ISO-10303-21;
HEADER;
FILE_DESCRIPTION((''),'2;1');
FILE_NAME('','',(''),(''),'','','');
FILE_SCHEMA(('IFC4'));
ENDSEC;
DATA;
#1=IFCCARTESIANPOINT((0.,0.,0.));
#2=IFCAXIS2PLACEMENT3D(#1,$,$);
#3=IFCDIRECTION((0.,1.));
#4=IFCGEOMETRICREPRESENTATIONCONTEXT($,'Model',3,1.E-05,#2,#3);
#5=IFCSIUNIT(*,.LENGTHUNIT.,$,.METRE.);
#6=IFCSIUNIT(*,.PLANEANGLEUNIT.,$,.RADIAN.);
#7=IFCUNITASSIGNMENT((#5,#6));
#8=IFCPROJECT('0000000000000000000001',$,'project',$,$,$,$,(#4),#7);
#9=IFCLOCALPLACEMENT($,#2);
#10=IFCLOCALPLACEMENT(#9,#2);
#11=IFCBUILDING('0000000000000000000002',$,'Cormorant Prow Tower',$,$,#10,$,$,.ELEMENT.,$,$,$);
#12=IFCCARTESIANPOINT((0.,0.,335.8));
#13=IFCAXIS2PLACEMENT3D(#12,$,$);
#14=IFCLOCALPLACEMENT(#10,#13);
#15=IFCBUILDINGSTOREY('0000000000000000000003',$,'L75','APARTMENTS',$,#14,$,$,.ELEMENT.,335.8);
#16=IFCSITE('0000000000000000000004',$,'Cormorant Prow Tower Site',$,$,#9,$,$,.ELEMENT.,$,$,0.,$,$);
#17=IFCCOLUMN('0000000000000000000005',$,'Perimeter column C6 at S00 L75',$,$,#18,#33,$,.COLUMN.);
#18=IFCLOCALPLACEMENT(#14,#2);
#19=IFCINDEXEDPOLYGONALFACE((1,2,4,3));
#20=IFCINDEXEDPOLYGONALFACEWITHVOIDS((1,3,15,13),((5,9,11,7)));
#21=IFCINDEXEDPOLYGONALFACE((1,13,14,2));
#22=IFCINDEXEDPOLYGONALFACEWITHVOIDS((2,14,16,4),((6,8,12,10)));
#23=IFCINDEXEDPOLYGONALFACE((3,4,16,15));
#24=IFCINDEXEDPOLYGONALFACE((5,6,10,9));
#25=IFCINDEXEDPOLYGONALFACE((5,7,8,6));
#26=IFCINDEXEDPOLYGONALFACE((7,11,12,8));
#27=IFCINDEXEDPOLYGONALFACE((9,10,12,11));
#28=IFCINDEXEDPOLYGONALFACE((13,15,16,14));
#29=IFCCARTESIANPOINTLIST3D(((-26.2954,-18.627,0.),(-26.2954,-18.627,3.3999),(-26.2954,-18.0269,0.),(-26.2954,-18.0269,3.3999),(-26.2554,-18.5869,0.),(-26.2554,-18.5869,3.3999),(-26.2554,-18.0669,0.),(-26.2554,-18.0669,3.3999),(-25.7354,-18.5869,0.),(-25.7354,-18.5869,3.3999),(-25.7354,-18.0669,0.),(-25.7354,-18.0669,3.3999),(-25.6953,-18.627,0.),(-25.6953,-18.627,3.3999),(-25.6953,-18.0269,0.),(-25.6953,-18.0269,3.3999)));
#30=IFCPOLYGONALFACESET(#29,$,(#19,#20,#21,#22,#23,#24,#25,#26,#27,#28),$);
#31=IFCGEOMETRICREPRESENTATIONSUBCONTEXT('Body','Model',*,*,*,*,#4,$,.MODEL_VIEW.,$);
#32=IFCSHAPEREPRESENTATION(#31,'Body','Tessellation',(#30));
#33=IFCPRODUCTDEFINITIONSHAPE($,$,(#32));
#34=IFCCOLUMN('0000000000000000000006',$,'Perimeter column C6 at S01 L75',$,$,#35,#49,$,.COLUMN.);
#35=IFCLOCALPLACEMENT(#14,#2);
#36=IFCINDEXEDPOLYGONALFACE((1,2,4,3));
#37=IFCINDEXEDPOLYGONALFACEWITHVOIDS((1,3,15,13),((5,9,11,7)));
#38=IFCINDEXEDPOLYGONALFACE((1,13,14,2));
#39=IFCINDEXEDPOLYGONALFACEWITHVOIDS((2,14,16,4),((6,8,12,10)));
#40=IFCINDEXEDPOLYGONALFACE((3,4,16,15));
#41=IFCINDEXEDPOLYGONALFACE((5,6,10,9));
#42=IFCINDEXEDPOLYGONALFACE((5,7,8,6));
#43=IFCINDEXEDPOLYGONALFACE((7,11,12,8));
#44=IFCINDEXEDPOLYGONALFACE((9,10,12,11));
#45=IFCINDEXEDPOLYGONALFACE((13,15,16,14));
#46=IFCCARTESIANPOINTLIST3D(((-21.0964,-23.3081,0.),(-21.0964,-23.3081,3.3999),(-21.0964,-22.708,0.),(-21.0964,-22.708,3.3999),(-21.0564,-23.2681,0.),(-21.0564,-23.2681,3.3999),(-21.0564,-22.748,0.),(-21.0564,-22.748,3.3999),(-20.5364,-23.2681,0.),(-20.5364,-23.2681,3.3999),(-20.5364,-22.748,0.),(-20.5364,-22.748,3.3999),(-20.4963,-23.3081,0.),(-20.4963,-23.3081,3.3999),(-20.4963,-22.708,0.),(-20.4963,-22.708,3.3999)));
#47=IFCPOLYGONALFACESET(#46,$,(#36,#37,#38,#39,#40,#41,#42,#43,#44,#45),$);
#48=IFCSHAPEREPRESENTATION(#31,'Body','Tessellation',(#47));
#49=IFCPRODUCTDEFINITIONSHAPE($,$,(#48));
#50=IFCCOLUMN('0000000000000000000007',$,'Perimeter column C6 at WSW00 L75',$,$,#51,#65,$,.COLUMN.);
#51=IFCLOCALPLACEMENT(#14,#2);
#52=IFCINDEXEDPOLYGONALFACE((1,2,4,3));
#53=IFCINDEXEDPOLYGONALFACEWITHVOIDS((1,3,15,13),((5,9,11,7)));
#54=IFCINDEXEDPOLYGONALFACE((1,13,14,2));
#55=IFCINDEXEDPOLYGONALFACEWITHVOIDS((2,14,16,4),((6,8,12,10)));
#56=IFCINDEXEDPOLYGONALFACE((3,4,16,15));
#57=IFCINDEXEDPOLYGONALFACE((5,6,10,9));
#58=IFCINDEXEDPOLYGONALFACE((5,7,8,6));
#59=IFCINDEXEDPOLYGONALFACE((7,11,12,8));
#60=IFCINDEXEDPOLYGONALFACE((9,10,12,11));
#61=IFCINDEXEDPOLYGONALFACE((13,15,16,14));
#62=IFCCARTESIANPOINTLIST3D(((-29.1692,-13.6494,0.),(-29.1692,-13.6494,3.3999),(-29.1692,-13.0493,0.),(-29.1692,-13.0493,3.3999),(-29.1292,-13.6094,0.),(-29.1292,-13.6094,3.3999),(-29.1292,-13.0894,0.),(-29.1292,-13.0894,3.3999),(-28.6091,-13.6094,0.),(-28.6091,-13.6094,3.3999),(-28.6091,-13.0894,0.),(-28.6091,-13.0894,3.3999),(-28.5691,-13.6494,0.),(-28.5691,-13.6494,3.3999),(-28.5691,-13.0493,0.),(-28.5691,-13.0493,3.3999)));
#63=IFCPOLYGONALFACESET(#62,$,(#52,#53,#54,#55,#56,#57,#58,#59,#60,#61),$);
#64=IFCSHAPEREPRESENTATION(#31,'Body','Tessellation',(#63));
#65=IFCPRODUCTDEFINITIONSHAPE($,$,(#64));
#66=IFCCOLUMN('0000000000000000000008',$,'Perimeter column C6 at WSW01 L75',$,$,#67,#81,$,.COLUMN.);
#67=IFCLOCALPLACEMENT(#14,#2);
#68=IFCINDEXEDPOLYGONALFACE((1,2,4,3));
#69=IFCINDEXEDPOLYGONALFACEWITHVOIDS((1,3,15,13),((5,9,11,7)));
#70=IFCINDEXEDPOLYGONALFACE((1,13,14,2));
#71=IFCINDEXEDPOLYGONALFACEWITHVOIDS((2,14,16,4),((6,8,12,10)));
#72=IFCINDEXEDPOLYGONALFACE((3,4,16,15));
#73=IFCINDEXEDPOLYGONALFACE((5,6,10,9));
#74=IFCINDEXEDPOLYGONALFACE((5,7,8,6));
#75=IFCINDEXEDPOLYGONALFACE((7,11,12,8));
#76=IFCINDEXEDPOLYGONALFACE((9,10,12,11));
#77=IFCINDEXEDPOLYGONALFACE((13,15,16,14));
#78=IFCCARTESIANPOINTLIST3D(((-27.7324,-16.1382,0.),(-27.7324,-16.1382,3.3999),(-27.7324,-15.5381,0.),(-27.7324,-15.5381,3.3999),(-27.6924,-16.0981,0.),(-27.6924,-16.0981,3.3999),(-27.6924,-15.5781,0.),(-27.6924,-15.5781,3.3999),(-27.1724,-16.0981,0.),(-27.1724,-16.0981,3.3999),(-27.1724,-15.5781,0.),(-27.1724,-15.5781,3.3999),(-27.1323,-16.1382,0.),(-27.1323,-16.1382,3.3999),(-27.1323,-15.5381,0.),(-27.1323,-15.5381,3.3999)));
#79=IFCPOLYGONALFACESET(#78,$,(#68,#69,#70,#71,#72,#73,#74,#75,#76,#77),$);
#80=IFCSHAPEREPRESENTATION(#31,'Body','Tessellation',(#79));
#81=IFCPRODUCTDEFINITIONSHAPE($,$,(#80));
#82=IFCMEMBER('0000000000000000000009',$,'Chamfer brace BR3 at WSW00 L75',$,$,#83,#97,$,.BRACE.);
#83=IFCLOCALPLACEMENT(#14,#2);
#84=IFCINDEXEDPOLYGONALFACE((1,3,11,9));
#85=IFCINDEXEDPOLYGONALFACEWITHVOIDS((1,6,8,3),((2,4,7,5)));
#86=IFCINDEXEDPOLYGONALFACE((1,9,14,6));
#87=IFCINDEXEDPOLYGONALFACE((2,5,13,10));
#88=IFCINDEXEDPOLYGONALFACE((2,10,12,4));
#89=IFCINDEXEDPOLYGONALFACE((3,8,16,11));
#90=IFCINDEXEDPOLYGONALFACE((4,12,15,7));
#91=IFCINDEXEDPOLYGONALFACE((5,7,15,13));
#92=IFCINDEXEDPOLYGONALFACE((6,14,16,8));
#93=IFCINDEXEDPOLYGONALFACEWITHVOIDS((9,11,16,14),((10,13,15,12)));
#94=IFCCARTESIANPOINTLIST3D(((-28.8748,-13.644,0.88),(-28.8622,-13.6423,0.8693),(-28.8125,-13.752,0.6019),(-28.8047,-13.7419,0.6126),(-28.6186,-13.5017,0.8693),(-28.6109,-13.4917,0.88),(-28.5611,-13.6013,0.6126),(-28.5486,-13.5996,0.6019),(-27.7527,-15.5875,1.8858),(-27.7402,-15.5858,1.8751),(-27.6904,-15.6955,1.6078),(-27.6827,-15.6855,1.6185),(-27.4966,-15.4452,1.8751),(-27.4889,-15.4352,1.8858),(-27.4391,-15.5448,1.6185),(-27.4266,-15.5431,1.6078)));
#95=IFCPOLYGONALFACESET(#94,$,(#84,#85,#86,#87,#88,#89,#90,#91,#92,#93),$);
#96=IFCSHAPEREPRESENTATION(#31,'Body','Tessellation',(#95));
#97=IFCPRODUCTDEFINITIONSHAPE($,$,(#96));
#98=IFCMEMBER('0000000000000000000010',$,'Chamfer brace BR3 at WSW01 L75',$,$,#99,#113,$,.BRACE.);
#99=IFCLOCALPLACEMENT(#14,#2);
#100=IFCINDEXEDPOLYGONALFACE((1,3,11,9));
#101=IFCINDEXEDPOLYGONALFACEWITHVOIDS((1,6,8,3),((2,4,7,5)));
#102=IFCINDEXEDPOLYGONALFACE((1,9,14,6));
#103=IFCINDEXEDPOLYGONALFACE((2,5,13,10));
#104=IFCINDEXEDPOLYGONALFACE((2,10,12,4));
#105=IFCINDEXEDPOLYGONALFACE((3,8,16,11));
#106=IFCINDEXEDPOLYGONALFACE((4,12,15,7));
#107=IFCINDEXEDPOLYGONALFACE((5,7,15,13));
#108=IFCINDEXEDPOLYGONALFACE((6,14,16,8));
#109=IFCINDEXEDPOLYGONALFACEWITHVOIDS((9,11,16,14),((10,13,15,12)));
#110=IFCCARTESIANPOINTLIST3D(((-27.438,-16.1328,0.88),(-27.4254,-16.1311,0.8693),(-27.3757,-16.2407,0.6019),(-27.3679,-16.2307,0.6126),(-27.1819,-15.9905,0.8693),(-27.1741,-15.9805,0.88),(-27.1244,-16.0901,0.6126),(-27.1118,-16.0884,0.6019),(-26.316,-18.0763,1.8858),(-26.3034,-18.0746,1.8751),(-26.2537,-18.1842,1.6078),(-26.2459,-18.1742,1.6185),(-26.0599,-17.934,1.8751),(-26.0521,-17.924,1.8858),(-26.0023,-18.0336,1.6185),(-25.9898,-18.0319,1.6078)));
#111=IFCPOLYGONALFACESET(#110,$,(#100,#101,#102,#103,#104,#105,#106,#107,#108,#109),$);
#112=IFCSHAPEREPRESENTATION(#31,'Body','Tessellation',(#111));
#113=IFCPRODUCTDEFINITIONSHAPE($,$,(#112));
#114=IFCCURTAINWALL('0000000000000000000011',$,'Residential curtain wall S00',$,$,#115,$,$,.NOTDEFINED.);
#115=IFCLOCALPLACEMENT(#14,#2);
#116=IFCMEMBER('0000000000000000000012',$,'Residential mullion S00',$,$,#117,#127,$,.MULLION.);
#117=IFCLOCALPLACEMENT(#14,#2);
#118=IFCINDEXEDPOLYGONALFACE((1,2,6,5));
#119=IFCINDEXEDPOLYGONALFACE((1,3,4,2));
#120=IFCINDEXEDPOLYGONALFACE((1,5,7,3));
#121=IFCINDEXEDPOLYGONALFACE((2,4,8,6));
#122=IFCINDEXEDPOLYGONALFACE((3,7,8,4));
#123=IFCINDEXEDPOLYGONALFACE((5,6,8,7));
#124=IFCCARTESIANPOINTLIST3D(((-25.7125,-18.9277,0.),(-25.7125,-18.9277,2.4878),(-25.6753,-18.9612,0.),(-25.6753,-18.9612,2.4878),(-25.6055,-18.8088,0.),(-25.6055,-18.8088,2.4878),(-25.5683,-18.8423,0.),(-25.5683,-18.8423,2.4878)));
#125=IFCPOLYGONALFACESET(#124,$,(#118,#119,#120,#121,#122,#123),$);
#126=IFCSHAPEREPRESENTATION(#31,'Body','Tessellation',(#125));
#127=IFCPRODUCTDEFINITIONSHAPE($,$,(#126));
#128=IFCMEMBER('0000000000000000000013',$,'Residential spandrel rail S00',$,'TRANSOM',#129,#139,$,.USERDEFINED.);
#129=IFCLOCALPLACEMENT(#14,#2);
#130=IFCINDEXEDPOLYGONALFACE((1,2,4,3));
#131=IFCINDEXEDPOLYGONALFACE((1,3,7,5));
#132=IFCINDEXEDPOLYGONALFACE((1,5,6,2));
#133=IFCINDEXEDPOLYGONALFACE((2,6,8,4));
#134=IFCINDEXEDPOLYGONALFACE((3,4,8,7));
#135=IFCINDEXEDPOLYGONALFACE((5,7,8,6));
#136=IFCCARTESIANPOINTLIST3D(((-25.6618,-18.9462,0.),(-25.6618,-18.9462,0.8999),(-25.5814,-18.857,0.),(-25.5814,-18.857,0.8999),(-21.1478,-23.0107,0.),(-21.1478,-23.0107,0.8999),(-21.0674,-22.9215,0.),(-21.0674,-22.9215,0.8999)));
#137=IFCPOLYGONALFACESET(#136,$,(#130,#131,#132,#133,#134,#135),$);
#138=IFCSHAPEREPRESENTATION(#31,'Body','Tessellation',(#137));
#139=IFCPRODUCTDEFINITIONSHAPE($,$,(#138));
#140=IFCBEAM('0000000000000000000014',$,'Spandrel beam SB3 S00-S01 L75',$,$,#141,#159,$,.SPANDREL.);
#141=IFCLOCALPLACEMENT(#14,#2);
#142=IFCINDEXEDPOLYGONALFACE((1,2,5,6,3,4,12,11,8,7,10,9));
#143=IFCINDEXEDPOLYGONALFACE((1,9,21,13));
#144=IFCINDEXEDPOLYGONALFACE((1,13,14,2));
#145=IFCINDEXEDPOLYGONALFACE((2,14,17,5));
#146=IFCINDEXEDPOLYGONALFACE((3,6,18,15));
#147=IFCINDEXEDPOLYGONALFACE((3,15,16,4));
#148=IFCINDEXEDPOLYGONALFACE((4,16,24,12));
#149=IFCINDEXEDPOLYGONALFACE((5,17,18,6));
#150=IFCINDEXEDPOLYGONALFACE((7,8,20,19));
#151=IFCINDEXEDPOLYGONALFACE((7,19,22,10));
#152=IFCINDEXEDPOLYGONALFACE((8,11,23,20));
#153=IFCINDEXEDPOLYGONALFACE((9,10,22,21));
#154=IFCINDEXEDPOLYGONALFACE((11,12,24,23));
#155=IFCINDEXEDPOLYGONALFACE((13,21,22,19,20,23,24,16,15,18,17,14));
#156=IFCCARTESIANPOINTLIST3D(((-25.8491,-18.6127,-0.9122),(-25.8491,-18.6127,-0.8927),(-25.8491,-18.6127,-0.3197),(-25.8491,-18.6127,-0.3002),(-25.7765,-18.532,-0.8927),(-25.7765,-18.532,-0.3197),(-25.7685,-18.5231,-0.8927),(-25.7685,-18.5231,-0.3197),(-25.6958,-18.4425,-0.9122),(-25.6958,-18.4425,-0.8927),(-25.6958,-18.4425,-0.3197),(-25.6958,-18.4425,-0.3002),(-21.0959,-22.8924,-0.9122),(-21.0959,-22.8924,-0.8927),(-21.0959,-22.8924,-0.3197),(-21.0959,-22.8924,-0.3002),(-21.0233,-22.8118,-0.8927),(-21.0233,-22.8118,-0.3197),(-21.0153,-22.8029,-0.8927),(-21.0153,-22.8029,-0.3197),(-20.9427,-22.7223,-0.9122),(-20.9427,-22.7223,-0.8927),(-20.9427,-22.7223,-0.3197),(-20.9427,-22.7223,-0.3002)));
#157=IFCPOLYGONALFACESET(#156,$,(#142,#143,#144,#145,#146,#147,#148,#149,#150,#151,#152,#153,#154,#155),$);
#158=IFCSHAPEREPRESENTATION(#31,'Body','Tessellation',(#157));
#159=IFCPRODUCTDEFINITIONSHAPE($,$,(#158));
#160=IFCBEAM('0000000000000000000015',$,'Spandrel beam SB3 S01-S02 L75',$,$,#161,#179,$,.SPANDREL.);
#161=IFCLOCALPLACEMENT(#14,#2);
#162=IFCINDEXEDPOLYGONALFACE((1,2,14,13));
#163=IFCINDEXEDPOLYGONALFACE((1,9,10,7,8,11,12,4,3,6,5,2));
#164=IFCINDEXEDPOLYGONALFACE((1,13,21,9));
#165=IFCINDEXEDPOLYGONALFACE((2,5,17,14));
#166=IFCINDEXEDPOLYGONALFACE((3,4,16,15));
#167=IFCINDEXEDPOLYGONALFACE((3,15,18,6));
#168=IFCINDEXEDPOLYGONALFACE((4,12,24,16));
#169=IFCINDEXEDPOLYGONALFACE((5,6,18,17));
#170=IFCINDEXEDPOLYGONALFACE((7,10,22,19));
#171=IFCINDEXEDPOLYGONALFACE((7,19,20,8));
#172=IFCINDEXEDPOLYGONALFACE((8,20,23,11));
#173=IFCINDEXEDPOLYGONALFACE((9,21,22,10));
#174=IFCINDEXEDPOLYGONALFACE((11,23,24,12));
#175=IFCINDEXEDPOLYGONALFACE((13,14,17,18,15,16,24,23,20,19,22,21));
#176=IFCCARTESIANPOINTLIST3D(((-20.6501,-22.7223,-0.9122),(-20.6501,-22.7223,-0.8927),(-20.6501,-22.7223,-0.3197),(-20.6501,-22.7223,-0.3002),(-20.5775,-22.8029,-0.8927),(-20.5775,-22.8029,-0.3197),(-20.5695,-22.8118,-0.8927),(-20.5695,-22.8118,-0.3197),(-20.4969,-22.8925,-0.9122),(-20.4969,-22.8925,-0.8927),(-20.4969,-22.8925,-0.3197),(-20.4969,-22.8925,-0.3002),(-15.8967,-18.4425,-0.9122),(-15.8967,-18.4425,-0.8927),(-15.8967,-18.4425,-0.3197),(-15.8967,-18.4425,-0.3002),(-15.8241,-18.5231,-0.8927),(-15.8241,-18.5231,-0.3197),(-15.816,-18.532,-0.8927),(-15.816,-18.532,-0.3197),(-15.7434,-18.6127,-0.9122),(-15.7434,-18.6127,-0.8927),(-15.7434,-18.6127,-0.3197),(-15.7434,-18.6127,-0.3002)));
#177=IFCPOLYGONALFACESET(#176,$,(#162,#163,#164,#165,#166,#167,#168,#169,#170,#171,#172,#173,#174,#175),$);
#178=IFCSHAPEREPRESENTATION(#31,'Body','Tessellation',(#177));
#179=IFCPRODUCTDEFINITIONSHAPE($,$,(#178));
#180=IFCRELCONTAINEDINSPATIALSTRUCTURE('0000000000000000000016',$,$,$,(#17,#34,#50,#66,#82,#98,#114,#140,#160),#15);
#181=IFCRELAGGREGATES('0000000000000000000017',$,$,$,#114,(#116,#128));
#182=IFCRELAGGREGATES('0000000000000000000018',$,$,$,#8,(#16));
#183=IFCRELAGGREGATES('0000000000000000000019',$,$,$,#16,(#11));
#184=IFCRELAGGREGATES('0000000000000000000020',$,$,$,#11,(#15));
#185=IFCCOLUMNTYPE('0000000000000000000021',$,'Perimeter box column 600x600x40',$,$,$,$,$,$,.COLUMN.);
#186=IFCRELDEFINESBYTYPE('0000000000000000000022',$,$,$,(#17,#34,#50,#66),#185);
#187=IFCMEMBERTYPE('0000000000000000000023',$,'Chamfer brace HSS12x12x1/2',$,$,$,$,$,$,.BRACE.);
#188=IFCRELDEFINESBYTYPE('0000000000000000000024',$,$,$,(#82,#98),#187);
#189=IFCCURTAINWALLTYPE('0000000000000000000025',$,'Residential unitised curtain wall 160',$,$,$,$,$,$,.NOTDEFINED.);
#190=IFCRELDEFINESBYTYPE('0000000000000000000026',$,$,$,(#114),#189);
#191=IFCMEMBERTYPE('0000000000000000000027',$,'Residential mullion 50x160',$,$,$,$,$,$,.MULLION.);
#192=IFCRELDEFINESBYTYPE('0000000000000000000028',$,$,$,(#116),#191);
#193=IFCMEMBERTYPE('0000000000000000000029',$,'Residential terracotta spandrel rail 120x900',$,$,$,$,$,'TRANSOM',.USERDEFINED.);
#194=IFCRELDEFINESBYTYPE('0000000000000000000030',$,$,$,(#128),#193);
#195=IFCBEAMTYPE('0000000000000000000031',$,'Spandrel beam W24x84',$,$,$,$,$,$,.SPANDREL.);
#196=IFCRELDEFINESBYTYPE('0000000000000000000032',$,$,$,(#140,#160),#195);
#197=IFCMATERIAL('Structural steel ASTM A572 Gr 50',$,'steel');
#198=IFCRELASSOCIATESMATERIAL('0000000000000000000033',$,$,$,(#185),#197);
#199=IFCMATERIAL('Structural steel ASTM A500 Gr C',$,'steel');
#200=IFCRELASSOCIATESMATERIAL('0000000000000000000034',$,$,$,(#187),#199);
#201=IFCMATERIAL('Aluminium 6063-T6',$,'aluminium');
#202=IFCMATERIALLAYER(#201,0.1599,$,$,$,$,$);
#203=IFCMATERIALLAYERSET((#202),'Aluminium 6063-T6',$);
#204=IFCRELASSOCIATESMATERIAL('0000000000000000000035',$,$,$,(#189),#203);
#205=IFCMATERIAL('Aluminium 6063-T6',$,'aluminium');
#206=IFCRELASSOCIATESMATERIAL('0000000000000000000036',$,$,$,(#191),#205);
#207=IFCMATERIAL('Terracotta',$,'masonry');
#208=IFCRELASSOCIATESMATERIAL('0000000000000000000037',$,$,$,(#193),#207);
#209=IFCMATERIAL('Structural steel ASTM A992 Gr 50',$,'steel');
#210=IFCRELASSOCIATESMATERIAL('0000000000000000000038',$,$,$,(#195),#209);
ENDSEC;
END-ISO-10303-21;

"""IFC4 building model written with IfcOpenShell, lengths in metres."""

from ifc_helpers import new_model, si_unit, direction, frame, origin, origin_2d, place, context, subcontext, project, spatial, rectangle, hollow_rectangle, i_section, extrude, material, layer, layer_set, material_profile, profile_set, type_object, element, aggregate, save


model = new_model("IFC4")

# Units and contexts
model_context = context("Model", 3, precision=1e-05, world=origin(), true_north=direction((0.0, 1.0)))
body_context = subcontext(model_context, "Body", "Model", "MODEL_VIEW")
ifc_project = project(units=[si_unit("LENGTHUNIT", "METRE"), si_unit("PLANEANGLEUNIT", "RADIAN")], contexts=[model_context])

# Site, building, storey
site_placement = place(None, origin())
site = spatial("IfcSite", under=ifc_project, at=site_placement, Name="Cormorant Prow Tower Site", CompositionType="ELEMENT", RefElevation=0.0)
building_placement = place(site_placement, origin())
building = spatial("IfcBuilding", under=site, at=building_placement, Name="Cormorant Prow Tower", CompositionType="ELEMENT")
storey_placement = place(building_placement, frame((0.0, 0.0, 335.8)))
storey = spatial("IfcBuildingStorey", under=building, at=storey_placement, Name="L75", Description="APARTMENTS", CompositionType="ELEMENT", Elevation=335.8)

# Columns
ifc_material_1 = material(Name="Structural steel ASTM A572 Gr 50", Category="steel")
ifc_material_profile_1 = material_profile(ifc_material_1, hollow_rectangle(XDim=0.6001, YDim=0.6001, WallThickness=0.04, at=origin_2d()), Name="Box 600x600x40")
ifc_profile_set_1 = profile_set([ifc_material_profile_1], Name="Structural steel ASTM A572 Gr 50")
column_type = type_object("IfcColumnType", Name="Perimeter box column 600x600x40", PredefinedType="COLUMN", material=ifc_profile_set_1)
for number, where, z_axis, x_axis, name in (
    (1, (-25.9954, -18.3269, 0.0), (0.0, 0.0, 1.0), (1.0, 0.0, 0.0), "Perimeter column C6 at S00 L75"),
    (2, (-20.7964, -23.0081, 0.0), (0.0, 0.0, 1.0), (1.0, 0.0, 0.0), "Perimeter column C6 at S01 L75"),
    (3, (-28.8691, -13.3494, 0.0), (0.0, 0.0, 1.0), (1.0, 0.0, 0.0), "Perimeter column C6 at WSW00 L75"),
    (4, (-27.4324, -15.8381, 0.0), (0.0, 0.0, 1.0), (1.0, 0.0, 0.0), "Perimeter column C6 at WSW01 L75"),
):
    element("IfcColumn", number, at=place(storey_placement, frame(where, z_axis=z_axis, x_axis=x_axis)), inside=storey, type_object=column_type, Name=name, PredefinedType="COLUMN", context=body_context, shape_type="SweptSolid", body=[
        extrude(hollow_rectangle(XDim=0.6001, YDim=0.6001, WallThickness=0.04, at=origin_2d()), origin(), (0.0, 0.0, 1.0), 3.3999),
    ])

# Members
ifc_material_2 = material(Name="Structural steel ASTM A500 Gr C", Category="steel")
ifc_material_profile_2 = material_profile(ifc_material_2, hollow_rectangle(XDim=0.3047, YDim=0.3047, WallThickness=0.0117, at=origin_2d()), Name="HSS12x12x1/2")
ifc_profile_set_2 = profile_set([ifc_material_profile_2], Name="Structural steel ASTM A500 Gr C")
member_type_1 = type_object("IfcMemberType", Name="Chamfer brace HSS12x12x1/2", PredefinedType="BRACE", material=ifc_profile_set_2)
for number, where, z_axis, x_axis, name in (
    (5, (-28.7117, -13.6218, 0.741), (0.456247, -0.790292, 0.408994), (0.866039, 0.499977, 0.0), "Chamfer brace BR3 at WSW00 L75"),
    (6, (-27.2749, -16.1106, 0.741), (0.456247, -0.790292, 0.408994), (0.866039, 0.499977, 0.0), "Chamfer brace BR3 at WSW01 L75"),
):
    element("IfcMember", number, at=place(storey_placement, frame(where, z_axis=z_axis, x_axis=x_axis)), inside=storey, type_object=member_type_1, Name=name, PredefinedType="BRACE", context=body_context, shape_type="SweptSolid", body=[
        extrude(hollow_rectangle(XDim=0.3047, YDim=0.3047, WallThickness=0.0117, at=origin_2d()), origin(), (0.0, 0.0, 1.0), 2.4592),
    ])

# Curtain wall, members
ifc_material_3 = material(Name="Aluminium 6063-T6", Category="aluminium")
ifc_layer_1 = layer(ifc_material_3, 0.1599)
ifc_layer_set_1 = layer_set([ifc_layer_1], Name="Aluminium 6063-T6")
curtain_wall_type = type_object("IfcCurtainWallType", Name="Residential unitised curtain wall 160", PredefinedType="NOTDEFINED", material=ifc_layer_set_1)
curtain_wall_placement = place(storey_placement, origin())
curtain_wall = element("IfcCurtainWall", 7, at=curtain_wall_placement, inside=storey, type_object=curtain_wall_type, Name="Residential curtain wall S00", PredefinedType="NOTDEFINED")
ifc_material_4 = material(Name="Aluminium 6063-T6", Category="aluminium")
ifc_material_profile_3 = material_profile(ifc_material_4, rectangle(XDim=0.1599, YDim=0.05, at=origin_2d()), Name="Residential mullion 50x160")
ifc_profile_set_3 = profile_set([ifc_material_profile_3], Name="Aluminium 6063-T6")
member_type_2 = type_object("IfcMemberType", Name="Residential mullion 50x160", PredefinedType="MULLION", material=ifc_profile_set_3)
member_1_placement = place(storey_placement, frame((-25.6404, -18.885, 0.0), z_axis=(0.0, 0.0, 1.0), x_axis=(0.669131, 0.743145, 0.0)))
member_1 = element("IfcMember", 8, at=member_1_placement, type_object=member_type_2, Name="Residential mullion S00", PredefinedType="MULLION", context=body_context, shape_type="SweptSolid", body=[
    extrude(rectangle(XDim=0.1599, YDim=0.05, at=origin_2d()), origin(), (0.0, 0.0, 1.0), 2.4878),
])
ifc_material_5 = material(Name="Terracotta", Category="masonry")
ifc_material_profile_4 = material_profile(ifc_material_5, rectangle(XDim=0.1201, YDim=0.8999, at=origin_2d()), Name="Residential terracotta spandrel rail 120x900")
ifc_profile_set_4 = profile_set([ifc_material_profile_4], Name="Terracotta")
member_type_3 = type_object("IfcMemberType", Name="Residential terracotta spandrel rail 120x900", ElementType="TRANSOM", PredefinedType="USERDEFINED", material=ifc_profile_set_4)
member_2_placement = place(storey_placement, frame((-25.6216, -18.9016, 0.45), z_axis=(0.743136, -0.66914, 0.0), x_axis=(0.66914, 0.743136, 0.0)))
member_2 = element("IfcMember", 9, at=member_2_placement, type_object=member_type_3, Name="Residential spandrel rail S00", ObjectType="TRANSOM", PredefinedType="USERDEFINED", context=body_context, shape_type="SweptSolid", body=[
    extrude(rectangle(XDim=0.1201, YDim=0.8999, at=origin_2d()), origin(), (0.0, 0.0, 1.0), 6.0742),
])

# Beams
ifc_material_6 = material(Name="Structural steel ASTM A992 Gr 50", Category="steel")
ifc_material_profile_5 = material_profile(ifc_material_6, i_section(OverallWidth=0.229, OverallDepth=0.6121, WebThickness=0.012, FlangeThickness=0.0195, at=origin_2d()), Name="W24x84")
ifc_profile_set_5 = profile_set([ifc_material_profile_5], Name="Structural steel ASTM A992 Gr 50")
beam_type = type_object("IfcBeamType", Name="Spandrel beam W24x84", PredefinedType="SPANDREL", material=ifc_profile_set_5)
beam_1_placement = place(storey_placement, frame((-25.7725, -18.5276, -0.6062), z_axis=(0.743144, -0.669131, 0.0), x_axis=(0.669131, 0.743144, 0.0)))
element("IfcBeam", 10, at=beam_1_placement, inside=storey, type_object=beam_type, Name="Spandrel beam SB3 S00-S01 L75", PredefinedType="SPANDREL", context=body_context, shape_type="SweptSolid", body=[
    extrude(i_section(OverallWidth=0.229, OverallDepth=0.6121, WebThickness=0.012, FlangeThickness=0.0195, at=origin_2d()), origin(), (0.0, 0.0, 1.0), 6.396),
])
beam_2_placement = place(storey_placement, frame((-20.5735, -22.8074, -0.6062), z_axis=(0.743161, 0.669112, 0.0), x_axis=(-0.669112, 0.743161, 0.0)))
element("IfcBeam", 11, at=beam_2_placement, inside=storey, type_object=beam_type, Name="Spandrel beam SB3 S01-S02 L75", PredefinedType="SPANDREL", context=body_context, shape_type="SweptSolid", body=[
    extrude(i_section(OverallWidth=0.229, OverallDepth=0.6121, WebThickness=0.012, FlangeThickness=0.0195, at=origin_2d()), origin(), (0.0, 0.0, 1.0), 6.3962),
])

aggregate(curtain_wall, [member_1, member_2])

save(model, "model.ifc")
